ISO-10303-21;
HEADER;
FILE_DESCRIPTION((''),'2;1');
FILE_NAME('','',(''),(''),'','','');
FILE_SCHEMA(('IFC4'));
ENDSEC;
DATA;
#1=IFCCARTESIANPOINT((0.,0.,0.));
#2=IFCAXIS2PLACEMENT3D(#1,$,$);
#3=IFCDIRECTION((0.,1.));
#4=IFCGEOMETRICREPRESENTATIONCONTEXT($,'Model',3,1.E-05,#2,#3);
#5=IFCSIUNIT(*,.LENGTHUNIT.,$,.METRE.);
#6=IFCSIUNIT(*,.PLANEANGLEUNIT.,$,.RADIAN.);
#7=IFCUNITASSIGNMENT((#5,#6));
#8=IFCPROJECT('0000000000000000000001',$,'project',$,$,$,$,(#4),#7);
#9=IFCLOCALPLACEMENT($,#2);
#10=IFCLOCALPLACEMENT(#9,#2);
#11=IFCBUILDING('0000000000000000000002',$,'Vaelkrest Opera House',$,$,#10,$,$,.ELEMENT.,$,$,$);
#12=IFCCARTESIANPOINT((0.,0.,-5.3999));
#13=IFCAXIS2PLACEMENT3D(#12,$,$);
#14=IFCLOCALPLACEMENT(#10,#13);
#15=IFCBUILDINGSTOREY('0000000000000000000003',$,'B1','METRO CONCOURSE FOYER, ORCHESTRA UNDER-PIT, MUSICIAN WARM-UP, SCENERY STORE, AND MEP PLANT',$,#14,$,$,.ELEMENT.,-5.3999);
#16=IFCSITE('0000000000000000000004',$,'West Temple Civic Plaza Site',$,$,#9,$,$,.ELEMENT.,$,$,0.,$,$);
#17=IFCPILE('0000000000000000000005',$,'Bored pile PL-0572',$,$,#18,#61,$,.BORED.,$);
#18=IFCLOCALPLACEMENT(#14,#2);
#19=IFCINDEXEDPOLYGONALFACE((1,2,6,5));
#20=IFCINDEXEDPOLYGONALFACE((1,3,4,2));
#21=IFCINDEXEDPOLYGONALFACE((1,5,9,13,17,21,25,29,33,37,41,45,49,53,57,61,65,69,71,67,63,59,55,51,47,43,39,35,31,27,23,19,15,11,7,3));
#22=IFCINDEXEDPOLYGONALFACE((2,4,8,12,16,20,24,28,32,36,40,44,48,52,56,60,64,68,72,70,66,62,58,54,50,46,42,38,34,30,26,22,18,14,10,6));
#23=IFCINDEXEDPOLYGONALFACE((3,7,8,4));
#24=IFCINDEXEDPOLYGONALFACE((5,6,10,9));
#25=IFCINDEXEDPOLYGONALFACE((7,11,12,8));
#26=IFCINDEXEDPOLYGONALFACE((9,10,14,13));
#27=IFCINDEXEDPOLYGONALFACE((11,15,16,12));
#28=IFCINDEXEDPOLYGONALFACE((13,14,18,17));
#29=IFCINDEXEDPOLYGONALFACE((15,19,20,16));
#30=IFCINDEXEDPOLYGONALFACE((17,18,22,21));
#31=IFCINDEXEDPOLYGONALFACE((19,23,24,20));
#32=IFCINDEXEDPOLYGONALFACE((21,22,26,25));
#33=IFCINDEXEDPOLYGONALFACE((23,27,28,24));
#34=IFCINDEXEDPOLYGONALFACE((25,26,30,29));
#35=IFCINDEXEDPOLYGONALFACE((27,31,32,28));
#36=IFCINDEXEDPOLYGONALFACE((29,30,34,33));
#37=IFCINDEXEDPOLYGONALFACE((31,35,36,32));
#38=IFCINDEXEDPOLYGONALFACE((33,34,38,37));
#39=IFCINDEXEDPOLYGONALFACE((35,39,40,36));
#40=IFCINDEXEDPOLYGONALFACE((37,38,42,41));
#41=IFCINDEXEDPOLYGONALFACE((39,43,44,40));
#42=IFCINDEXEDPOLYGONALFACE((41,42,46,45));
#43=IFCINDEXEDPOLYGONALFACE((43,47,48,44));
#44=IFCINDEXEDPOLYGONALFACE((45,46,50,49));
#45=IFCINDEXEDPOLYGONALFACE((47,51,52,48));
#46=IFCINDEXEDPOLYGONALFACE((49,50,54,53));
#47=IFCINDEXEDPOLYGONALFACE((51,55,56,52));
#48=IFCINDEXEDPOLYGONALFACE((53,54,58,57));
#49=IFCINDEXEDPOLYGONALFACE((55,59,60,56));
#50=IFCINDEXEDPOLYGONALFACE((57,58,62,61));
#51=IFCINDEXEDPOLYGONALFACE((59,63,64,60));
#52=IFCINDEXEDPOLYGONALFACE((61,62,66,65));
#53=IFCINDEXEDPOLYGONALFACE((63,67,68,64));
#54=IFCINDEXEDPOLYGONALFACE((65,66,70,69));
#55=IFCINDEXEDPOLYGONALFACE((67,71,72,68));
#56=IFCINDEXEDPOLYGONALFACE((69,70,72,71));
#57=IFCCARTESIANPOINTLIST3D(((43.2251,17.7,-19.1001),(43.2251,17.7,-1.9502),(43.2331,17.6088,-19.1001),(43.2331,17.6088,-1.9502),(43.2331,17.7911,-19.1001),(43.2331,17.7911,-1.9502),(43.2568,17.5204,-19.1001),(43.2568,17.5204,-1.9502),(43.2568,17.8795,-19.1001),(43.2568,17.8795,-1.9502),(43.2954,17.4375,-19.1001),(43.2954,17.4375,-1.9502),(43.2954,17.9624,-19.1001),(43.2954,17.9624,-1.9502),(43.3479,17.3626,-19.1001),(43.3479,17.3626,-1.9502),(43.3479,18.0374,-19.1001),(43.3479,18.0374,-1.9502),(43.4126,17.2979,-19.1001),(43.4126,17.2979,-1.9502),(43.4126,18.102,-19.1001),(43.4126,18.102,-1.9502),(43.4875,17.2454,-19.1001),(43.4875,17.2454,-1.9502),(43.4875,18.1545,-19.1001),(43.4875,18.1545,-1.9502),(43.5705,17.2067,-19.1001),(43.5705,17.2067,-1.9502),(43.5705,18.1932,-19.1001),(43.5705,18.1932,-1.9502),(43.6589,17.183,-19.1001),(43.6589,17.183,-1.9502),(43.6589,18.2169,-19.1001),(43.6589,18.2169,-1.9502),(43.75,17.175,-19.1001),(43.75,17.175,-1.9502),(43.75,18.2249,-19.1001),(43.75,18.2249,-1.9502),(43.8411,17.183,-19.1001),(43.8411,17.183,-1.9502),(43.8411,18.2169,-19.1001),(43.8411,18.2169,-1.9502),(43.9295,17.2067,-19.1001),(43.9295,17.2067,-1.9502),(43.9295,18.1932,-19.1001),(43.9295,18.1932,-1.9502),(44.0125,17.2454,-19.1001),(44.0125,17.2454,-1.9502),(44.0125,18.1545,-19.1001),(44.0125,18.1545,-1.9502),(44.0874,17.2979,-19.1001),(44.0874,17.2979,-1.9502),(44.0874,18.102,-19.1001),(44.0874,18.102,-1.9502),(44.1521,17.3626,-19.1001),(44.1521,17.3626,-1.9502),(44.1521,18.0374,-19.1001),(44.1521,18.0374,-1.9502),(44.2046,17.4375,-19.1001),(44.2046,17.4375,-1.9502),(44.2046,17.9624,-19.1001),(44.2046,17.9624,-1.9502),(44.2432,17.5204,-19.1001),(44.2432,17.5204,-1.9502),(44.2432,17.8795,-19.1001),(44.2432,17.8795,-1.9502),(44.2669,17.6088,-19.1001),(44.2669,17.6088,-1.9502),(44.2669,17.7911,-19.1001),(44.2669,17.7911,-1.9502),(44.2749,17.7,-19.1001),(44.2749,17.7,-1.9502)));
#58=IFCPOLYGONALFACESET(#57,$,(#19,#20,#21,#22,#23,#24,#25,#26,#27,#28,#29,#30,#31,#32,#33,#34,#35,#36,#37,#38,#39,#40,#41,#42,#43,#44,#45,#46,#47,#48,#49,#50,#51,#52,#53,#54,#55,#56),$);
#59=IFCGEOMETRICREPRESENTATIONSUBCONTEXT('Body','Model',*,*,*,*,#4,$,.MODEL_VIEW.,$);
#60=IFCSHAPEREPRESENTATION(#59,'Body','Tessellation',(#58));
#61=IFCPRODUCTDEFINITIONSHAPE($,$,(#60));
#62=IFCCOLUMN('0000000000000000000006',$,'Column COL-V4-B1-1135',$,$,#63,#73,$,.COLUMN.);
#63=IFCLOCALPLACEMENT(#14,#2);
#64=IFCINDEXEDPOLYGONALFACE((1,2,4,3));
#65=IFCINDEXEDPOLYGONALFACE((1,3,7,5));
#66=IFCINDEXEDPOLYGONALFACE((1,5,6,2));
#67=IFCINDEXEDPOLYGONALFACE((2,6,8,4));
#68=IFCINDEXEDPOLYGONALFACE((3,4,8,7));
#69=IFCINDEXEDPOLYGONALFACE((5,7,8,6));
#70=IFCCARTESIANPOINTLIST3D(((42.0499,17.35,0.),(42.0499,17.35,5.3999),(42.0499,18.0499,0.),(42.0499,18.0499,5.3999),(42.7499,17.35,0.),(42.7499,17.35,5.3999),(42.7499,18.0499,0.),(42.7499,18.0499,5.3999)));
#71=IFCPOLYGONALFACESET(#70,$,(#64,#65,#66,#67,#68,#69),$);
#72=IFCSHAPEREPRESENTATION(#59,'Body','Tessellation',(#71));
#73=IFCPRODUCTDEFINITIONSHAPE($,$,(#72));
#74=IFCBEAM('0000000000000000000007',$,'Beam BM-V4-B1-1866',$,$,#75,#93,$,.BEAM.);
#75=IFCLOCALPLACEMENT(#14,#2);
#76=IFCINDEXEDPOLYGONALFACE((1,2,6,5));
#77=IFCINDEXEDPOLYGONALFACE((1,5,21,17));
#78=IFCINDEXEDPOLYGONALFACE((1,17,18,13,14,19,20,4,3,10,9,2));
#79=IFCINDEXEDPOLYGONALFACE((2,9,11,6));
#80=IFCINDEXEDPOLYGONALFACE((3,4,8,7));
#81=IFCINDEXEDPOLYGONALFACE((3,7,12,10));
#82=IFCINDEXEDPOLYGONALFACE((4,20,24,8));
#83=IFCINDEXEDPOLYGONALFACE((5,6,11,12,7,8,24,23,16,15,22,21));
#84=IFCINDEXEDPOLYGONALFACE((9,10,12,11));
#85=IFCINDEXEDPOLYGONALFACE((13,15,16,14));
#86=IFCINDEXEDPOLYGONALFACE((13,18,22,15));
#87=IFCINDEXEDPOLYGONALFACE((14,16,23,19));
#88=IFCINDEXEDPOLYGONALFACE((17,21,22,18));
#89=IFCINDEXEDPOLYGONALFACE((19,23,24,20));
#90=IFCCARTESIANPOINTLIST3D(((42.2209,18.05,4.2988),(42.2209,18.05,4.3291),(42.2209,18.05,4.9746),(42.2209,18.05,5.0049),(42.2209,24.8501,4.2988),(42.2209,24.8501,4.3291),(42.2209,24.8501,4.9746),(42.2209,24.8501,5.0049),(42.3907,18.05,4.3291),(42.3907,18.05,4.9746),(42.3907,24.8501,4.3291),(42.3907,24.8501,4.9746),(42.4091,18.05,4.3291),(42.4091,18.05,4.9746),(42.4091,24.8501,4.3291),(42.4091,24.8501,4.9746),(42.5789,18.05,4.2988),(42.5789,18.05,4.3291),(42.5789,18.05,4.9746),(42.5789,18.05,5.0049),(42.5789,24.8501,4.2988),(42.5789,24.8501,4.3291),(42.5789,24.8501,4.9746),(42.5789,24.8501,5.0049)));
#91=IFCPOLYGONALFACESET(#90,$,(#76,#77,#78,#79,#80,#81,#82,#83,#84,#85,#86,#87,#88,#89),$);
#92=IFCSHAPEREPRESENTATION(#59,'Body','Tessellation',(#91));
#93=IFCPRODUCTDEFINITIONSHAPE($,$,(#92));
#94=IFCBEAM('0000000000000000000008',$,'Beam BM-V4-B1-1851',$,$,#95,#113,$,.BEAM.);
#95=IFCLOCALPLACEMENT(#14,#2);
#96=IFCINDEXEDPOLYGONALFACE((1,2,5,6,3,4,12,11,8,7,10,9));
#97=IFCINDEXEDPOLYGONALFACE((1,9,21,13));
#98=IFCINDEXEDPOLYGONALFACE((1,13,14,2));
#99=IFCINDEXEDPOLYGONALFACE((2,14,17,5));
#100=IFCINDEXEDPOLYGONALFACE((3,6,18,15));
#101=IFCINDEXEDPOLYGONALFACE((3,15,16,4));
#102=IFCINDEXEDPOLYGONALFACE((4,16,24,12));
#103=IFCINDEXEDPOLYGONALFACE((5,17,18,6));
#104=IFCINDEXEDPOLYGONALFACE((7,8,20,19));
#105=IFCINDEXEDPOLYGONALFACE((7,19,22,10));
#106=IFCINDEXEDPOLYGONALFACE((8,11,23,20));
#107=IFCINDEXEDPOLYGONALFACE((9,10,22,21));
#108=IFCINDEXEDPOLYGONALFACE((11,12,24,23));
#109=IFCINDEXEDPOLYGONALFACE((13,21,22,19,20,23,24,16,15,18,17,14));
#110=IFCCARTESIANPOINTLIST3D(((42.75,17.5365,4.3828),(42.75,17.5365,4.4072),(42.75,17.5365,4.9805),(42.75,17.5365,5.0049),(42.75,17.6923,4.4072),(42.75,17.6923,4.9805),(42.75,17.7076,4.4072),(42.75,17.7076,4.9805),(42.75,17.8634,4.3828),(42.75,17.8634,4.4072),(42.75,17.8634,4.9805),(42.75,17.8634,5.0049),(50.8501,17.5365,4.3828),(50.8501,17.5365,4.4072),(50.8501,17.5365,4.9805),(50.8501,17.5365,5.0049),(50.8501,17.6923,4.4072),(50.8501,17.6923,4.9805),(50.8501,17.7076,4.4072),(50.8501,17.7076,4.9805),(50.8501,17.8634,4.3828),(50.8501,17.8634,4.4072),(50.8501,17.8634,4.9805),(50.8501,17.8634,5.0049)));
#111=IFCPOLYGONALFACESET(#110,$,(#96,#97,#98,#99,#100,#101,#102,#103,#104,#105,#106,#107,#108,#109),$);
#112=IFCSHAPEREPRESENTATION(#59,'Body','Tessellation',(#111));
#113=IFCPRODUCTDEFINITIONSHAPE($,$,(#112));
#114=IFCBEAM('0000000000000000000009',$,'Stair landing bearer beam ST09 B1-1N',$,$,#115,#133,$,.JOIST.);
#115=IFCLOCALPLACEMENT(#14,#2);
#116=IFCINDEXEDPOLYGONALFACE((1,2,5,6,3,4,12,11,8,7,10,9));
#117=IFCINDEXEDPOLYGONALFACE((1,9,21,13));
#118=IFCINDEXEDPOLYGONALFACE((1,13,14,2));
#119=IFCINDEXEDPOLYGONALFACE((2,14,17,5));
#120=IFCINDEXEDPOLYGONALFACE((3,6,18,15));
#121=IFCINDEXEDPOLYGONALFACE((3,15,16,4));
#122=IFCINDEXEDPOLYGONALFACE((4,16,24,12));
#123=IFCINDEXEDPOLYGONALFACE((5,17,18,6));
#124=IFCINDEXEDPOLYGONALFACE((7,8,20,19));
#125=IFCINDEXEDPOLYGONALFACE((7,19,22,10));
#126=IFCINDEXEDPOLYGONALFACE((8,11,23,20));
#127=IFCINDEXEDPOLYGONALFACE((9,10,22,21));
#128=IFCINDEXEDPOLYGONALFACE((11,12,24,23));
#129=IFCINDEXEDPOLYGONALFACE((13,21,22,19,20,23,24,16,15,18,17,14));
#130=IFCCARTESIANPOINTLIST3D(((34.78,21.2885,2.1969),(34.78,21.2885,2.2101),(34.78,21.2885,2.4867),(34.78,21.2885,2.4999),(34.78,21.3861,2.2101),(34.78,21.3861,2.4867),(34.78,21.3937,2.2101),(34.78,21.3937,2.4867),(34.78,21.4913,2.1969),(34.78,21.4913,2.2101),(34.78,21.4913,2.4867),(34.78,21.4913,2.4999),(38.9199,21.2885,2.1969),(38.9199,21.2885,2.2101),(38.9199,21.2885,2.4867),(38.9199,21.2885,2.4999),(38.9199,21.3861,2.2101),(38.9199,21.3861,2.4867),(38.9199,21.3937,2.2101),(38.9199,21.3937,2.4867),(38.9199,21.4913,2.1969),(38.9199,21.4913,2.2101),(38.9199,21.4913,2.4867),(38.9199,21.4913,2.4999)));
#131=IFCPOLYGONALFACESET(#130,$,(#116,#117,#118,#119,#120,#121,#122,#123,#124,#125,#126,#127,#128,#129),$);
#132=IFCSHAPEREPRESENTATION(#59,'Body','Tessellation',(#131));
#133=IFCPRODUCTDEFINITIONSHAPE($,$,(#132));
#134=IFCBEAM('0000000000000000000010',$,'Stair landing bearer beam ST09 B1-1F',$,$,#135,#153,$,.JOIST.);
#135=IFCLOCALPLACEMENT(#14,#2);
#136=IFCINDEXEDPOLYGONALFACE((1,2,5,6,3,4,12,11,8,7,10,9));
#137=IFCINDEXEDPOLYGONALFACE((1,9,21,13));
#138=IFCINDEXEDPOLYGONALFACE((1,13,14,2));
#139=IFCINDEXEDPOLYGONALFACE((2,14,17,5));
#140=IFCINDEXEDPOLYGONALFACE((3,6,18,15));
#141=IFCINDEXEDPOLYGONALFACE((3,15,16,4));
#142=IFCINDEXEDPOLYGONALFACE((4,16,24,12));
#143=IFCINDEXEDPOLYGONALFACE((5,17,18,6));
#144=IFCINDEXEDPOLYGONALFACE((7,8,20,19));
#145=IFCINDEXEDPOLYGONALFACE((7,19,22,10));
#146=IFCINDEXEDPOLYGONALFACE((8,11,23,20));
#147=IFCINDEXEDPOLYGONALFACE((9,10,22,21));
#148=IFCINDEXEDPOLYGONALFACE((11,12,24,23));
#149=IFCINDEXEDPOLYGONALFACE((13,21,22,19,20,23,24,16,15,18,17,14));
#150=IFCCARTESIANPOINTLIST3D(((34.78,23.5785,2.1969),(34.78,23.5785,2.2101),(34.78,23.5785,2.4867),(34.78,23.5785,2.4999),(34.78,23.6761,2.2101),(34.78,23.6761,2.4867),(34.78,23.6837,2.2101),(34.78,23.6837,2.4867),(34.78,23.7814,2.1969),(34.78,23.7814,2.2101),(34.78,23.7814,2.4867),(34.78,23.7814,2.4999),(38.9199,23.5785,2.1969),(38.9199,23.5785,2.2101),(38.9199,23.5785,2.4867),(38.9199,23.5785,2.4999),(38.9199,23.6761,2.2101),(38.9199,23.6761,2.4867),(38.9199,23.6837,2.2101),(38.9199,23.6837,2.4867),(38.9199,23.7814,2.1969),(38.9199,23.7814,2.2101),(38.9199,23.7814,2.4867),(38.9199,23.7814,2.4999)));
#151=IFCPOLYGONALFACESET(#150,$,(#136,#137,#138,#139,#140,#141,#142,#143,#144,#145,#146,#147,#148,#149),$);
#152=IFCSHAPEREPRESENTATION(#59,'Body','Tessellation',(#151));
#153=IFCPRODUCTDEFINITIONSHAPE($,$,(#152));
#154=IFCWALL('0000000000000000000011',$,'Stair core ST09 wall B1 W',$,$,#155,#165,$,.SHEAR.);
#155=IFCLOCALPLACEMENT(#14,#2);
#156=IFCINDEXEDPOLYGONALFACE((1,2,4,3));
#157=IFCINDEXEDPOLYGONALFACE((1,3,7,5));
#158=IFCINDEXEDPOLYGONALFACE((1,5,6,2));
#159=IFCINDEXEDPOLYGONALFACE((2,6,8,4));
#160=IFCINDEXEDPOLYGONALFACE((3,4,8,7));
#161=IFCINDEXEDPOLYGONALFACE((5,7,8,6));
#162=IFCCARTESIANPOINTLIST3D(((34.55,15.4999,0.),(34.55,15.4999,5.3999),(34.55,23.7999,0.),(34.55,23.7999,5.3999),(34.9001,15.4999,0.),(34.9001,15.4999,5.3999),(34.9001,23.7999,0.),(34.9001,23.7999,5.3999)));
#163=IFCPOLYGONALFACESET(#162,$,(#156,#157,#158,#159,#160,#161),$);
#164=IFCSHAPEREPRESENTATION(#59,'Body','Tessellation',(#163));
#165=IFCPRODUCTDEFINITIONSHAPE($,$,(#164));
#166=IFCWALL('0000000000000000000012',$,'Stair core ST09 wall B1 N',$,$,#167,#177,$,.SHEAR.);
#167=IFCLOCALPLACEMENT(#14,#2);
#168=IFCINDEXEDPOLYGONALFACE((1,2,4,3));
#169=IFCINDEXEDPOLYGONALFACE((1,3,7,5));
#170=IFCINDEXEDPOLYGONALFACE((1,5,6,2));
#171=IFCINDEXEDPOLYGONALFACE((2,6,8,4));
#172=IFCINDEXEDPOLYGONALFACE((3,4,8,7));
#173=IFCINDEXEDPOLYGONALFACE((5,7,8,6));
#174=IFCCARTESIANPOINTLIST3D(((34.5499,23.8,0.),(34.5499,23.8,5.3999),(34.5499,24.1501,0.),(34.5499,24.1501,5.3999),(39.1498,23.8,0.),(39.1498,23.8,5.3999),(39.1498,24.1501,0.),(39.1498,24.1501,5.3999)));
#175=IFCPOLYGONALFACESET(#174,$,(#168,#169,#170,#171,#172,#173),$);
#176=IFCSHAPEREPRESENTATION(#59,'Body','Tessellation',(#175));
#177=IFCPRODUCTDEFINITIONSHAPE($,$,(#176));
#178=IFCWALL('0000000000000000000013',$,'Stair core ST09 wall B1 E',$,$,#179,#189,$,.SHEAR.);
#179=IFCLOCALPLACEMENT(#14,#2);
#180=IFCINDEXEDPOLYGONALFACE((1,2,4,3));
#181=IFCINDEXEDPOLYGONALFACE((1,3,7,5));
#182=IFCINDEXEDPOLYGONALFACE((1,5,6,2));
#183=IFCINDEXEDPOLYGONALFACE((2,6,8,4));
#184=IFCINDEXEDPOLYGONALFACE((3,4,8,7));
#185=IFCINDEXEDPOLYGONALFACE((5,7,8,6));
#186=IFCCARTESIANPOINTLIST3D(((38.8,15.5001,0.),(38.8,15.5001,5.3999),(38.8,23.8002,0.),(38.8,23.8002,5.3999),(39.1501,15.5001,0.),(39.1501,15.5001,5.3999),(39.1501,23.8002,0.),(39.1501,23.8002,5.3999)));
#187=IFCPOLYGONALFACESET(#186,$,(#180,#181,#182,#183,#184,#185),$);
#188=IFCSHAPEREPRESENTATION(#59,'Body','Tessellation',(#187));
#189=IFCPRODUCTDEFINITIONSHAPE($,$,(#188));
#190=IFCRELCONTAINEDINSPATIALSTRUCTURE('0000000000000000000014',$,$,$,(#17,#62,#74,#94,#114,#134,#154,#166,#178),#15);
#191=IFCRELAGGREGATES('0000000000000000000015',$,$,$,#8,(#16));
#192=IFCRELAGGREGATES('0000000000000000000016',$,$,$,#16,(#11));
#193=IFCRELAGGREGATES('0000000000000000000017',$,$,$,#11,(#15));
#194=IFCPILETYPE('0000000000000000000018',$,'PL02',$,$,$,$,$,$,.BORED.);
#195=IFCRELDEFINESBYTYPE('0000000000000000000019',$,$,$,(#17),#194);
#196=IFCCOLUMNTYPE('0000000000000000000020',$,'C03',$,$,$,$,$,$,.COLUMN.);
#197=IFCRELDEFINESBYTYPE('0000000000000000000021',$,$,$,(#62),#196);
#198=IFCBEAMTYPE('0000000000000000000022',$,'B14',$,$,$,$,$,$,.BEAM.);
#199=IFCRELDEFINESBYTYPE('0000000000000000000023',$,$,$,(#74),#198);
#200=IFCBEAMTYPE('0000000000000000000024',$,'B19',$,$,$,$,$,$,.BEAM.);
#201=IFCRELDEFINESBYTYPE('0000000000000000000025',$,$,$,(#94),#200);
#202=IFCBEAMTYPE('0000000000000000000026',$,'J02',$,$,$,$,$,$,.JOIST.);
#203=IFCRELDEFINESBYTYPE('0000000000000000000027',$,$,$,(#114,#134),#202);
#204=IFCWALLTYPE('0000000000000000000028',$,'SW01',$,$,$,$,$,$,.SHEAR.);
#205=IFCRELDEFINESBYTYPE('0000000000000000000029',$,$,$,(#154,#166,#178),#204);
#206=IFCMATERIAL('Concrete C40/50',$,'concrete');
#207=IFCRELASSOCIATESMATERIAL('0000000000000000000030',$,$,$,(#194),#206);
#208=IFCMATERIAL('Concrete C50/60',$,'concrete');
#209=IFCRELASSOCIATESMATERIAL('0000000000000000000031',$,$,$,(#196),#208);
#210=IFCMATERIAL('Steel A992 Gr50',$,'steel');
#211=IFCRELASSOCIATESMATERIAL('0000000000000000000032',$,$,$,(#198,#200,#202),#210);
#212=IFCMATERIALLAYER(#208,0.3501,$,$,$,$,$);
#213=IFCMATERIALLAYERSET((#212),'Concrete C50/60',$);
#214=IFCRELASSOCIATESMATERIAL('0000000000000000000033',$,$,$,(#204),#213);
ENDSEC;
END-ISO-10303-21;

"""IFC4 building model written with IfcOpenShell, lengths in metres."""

from ifc_helpers import new_model, si_unit, direction, frame, frame_2d, origin, origin_2d, place, context, subcontext, project, spatial, rectangle, circle, i_section, extrude, material, layer, layer_set, material_profile, profile_set, type_object, element, save


model = new_model("IFC4")

# Units and contexts
model_context = context("Model", 3, precision=1e-05, world=origin(), true_north=direction((0.0, 1.0)))
body_context = subcontext(model_context, "Body", "Model", "MODEL_VIEW")
ifc_project = project(units=[si_unit("LENGTHUNIT", "METRE"), si_unit("PLANEANGLEUNIT", "RADIAN")], contexts=[model_context])

# Site, building, storey
site_placement = place(None, origin())
site = spatial("IfcSite", under=ifc_project, at=site_placement, Name="West Temple Civic Plaza Site", CompositionType="ELEMENT", RefElevation=0.0)
building_placement = place(site_placement, origin())
building = spatial("IfcBuilding", under=site, at=building_placement, Name="Vaelkrest Opera House", CompositionType="ELEMENT")
storey_placement = place(building_placement, frame((0.0, 0.0, -5.3999)))
storey = spatial("IfcBuildingStorey", under=building, at=storey_placement, Name="B1", Description="METRO CONCOURSE FOYER, ORCHESTRA UNDER-PIT, MUSICIAN WARM-UP, SCENERY STORE, AND MEP PLANT", CompositionType="ELEMENT", Elevation=-5.3999)

# Shared definitions
ifc_material_1 = material(Name="Concrete C40/50", Category="concrete")

# Pile
ifc_material_profile_1 = material_profile(ifc_material_1, circle(Radius=0.5249, at=origin_2d()), Name="PILE1050")
ifc_profile_set_1 = profile_set([ifc_material_profile_1], Name="Concrete C40/50")
pile_type_1 = type_object("IfcPileType", Name="PL02", PredefinedType="BORED", material=ifc_profile_set_1)
for number, where, z_axis, x_axis, name in (
    (1, (43.75, 17.7, -1.9502), (0.0, 0.0, -1.0), (1.0, 0.0, 0.0), "Bored pile PL-0572"),
):
    element("IfcPile", number, at=place(storey_placement, frame(where, z_axis=z_axis, x_axis=x_axis)), inside=storey, type_object=pile_type_1, Name=name, PredefinedType="BORED", context=body_context, shape_type="SweptSolid", body=[
        extrude(circle(Radius=0.5249, at=origin_2d()), origin(), (0.0, 0.0, 1.0), 17.1499),
    ])

# Column
ifc_material_2 = material(Name="Concrete C50/60", Category="concrete")
ifc_material_profile_2 = material_profile(ifc_material_2, rectangle(XDim=0.7, YDim=0.7, at=origin_2d()), Name="RC700X700")
ifc_profile_set_2 = profile_set([ifc_material_profile_2], Name="Concrete C50/60")
column_type = type_object("IfcColumnType", Name="C03", PredefinedType="COLUMN", material=ifc_profile_set_2)
column_placement = place(storey_placement, frame((42.3999, 17.7, 0.0), z_axis=(0.0, 0.0, 1.0), x_axis=(1.0, 0.0, 0.0)))
element("IfcColumn", 2, at=column_placement, inside=storey, type_object=column_type, Name="Column COL-V4-B1-1135", PredefinedType="COLUMN", context=body_context, shape_type="SweptSolid", body=[
    extrude(rectangle(XDim=0.7, YDim=0.7, at=origin_2d()), origin(), (0.0, 0.0, 1.0), 5.3999),
])

# Beams
ifc_material_3 = material(Name="Steel A992 Gr50", Category="steel")
ifc_material_profile_3 = material_profile(ifc_material_3, i_section(OverallWidth=0.3579, OverallDepth=0.7061, WebThickness=0.0183, FlangeThickness=0.0303, at=origin_2d()), Name="W27X178")
ifc_profile_set_3 = profile_set([ifc_material_profile_3], Name="Steel A992 Gr50")
beam_type_1 = type_object("IfcBeamType", Name="B14", PredefinedType="BEAM", material=ifc_profile_set_3)
beam_1_placement = place(storey_placement, frame((42.3999, 18.05, 4.6519), z_axis=(0.0, 1.0, 0.0), x_axis=(-1.0, 0.0, 0.0)))
element("IfcBeam", 3, at=beam_1_placement, inside=storey, type_object=beam_type_1, Name="Beam BM-V4-B1-1866", PredefinedType="BEAM", context=body_context, shape_type="SweptSolid", body=[
    extrude(i_section(OverallWidth=0.3579, OverallDepth=0.7061, WebThickness=0.0183, FlangeThickness=0.0303, at=origin_2d()), origin(), (0.0, 0.0, 1.0), 6.8),
])
ifc_material_profile_4 = material_profile(ifc_material_3, i_section(OverallWidth=0.3269, OverallDepth=0.6221, WebThickness=0.0154, FlangeThickness=0.0244, at=origin_2d()), Name="W24X131")
ifc_profile_set_4 = profile_set([ifc_material_profile_4], Name="Steel A992 Gr50")
beam_type_2 = type_object("IfcBeamType", Name="B19", PredefinedType="BEAM", material=ifc_profile_set_4)
beam_2_placement = place(storey_placement, frame((42.75, 17.7, 4.6938), z_axis=(1.0, 0.0, 0.0), x_axis=(0.0, 1.0, 0.0)))
element("IfcBeam", 4, at=beam_2_placement, inside=storey, type_object=beam_type_2, Name="Beam BM-V4-B1-1851", PredefinedType="BEAM", context=body_context, shape_type="SweptSolid", body=[
    extrude(i_section(OverallWidth=0.3269, OverallDepth=0.6221, WebThickness=0.0154, FlangeThickness=0.0244, at=origin_2d()), origin(), (0.0, 0.0, 1.0), 8.1001),
])
ifc_material_profile_5 = material_profile(ifc_material_3, i_section(OverallWidth=0.2029, OverallDepth=0.303, WebThickness=0.0076, FlangeThickness=0.0132, at=origin_2d()), Name="W12X40")
ifc_profile_set_5 = profile_set([ifc_material_profile_5], Name="Steel A992 Gr50")
beam_type_3 = type_object("IfcBeamType", Name="J02", PredefinedType="JOIST", material=ifc_profile_set_5)
for number, where, z_axis, x_axis, name in (
    (5, (34.78, 21.3899, 2.3484), (1.0, 0.0, 0.0), (0.0, 1.0, 0.0), "Stair landing bearer beam ST09 B1-1N"),
    (6, (34.78, 23.6799, 2.3484), (1.0, 0.0, 0.0), (0.0, 1.0, 0.0), "Stair landing bearer beam ST09 B1-1F"),
):
    element("IfcBeam", number, at=place(storey_placement, frame(where, z_axis=z_axis, x_axis=x_axis)), inside=storey, type_object=beam_type_3, Name=name, PredefinedType="JOIST", context=body_context, shape_type="SweptSolid", body=[
        extrude(i_section(OverallWidth=0.2029, OverallDepth=0.303, WebThickness=0.0076, FlangeThickness=0.0132, at=origin_2d()), origin(), (0.0, 0.0, 1.0), 4.1399),
    ])

# Walls
ifc_layer = layer(ifc_material_2, 0.3501)
ifc_layer_set = layer_set([ifc_layer], Name="Concrete C50/60")
wall_type = type_object("IfcWallType", Name="SW01", PredefinedType="SHEAR", material=ifc_layer_set)
wall_1_placement = place(storey_placement, frame((34.7251, 15.5, 0.0), z_axis=(0.0, 0.0, 1.0), x_axis=(0.0, 1.0, 0.0)))
element("IfcWall", 7, at=wall_1_placement, inside=storey, type_object=wall_type, Name="Stair core ST09 wall B1 W", PredefinedType="SHEAR", context=body_context, shape_type="SweptSolid", body=[
    extrude(rectangle(XDim=8.3, YDim=0.3501, at=frame_2d((4.1499, 0.0))), origin(), (0.0, 0.0, 1.0), 5.3999),
])
wall_2_placement = place(storey_placement, frame((34.55, 23.9751, 0.0), z_axis=(0.0, 0.0, 1.0), x_axis=(1.0, 0.0, 0.0)))
element("IfcWall", 8, at=wall_2_placement, inside=storey, type_object=wall_type, Name="Stair core ST09 wall B1 N", PredefinedType="SHEAR", context=body_context, shape_type="SweptSolid", body=[
    extrude(rectangle(XDim=4.5999, YDim=0.3501, at=frame_2d((2.2998, 0.0))), origin(), (0.0, 0.0, 1.0), 5.3999),
])
wall_3_placement = place(storey_placement, frame((38.9751, 23.8, 0.0), z_axis=(0.0, 0.0, 1.0), x_axis=(0.0, -1.0, 0.0)))
element("IfcWall", 9, at=wall_3_placement, inside=storey, type_object=wall_type, Name="Stair core ST09 wall B1 E", PredefinedType="SHEAR", context=body_context, shape_type="SweptSolid", body=[
    extrude(rectangle(XDim=8.3, YDim=0.3501, at=frame_2d((4.1499, 0.0))), origin(), (0.0, 0.0, 1.0), 5.3999),
])

save(model, "model.ifc")
